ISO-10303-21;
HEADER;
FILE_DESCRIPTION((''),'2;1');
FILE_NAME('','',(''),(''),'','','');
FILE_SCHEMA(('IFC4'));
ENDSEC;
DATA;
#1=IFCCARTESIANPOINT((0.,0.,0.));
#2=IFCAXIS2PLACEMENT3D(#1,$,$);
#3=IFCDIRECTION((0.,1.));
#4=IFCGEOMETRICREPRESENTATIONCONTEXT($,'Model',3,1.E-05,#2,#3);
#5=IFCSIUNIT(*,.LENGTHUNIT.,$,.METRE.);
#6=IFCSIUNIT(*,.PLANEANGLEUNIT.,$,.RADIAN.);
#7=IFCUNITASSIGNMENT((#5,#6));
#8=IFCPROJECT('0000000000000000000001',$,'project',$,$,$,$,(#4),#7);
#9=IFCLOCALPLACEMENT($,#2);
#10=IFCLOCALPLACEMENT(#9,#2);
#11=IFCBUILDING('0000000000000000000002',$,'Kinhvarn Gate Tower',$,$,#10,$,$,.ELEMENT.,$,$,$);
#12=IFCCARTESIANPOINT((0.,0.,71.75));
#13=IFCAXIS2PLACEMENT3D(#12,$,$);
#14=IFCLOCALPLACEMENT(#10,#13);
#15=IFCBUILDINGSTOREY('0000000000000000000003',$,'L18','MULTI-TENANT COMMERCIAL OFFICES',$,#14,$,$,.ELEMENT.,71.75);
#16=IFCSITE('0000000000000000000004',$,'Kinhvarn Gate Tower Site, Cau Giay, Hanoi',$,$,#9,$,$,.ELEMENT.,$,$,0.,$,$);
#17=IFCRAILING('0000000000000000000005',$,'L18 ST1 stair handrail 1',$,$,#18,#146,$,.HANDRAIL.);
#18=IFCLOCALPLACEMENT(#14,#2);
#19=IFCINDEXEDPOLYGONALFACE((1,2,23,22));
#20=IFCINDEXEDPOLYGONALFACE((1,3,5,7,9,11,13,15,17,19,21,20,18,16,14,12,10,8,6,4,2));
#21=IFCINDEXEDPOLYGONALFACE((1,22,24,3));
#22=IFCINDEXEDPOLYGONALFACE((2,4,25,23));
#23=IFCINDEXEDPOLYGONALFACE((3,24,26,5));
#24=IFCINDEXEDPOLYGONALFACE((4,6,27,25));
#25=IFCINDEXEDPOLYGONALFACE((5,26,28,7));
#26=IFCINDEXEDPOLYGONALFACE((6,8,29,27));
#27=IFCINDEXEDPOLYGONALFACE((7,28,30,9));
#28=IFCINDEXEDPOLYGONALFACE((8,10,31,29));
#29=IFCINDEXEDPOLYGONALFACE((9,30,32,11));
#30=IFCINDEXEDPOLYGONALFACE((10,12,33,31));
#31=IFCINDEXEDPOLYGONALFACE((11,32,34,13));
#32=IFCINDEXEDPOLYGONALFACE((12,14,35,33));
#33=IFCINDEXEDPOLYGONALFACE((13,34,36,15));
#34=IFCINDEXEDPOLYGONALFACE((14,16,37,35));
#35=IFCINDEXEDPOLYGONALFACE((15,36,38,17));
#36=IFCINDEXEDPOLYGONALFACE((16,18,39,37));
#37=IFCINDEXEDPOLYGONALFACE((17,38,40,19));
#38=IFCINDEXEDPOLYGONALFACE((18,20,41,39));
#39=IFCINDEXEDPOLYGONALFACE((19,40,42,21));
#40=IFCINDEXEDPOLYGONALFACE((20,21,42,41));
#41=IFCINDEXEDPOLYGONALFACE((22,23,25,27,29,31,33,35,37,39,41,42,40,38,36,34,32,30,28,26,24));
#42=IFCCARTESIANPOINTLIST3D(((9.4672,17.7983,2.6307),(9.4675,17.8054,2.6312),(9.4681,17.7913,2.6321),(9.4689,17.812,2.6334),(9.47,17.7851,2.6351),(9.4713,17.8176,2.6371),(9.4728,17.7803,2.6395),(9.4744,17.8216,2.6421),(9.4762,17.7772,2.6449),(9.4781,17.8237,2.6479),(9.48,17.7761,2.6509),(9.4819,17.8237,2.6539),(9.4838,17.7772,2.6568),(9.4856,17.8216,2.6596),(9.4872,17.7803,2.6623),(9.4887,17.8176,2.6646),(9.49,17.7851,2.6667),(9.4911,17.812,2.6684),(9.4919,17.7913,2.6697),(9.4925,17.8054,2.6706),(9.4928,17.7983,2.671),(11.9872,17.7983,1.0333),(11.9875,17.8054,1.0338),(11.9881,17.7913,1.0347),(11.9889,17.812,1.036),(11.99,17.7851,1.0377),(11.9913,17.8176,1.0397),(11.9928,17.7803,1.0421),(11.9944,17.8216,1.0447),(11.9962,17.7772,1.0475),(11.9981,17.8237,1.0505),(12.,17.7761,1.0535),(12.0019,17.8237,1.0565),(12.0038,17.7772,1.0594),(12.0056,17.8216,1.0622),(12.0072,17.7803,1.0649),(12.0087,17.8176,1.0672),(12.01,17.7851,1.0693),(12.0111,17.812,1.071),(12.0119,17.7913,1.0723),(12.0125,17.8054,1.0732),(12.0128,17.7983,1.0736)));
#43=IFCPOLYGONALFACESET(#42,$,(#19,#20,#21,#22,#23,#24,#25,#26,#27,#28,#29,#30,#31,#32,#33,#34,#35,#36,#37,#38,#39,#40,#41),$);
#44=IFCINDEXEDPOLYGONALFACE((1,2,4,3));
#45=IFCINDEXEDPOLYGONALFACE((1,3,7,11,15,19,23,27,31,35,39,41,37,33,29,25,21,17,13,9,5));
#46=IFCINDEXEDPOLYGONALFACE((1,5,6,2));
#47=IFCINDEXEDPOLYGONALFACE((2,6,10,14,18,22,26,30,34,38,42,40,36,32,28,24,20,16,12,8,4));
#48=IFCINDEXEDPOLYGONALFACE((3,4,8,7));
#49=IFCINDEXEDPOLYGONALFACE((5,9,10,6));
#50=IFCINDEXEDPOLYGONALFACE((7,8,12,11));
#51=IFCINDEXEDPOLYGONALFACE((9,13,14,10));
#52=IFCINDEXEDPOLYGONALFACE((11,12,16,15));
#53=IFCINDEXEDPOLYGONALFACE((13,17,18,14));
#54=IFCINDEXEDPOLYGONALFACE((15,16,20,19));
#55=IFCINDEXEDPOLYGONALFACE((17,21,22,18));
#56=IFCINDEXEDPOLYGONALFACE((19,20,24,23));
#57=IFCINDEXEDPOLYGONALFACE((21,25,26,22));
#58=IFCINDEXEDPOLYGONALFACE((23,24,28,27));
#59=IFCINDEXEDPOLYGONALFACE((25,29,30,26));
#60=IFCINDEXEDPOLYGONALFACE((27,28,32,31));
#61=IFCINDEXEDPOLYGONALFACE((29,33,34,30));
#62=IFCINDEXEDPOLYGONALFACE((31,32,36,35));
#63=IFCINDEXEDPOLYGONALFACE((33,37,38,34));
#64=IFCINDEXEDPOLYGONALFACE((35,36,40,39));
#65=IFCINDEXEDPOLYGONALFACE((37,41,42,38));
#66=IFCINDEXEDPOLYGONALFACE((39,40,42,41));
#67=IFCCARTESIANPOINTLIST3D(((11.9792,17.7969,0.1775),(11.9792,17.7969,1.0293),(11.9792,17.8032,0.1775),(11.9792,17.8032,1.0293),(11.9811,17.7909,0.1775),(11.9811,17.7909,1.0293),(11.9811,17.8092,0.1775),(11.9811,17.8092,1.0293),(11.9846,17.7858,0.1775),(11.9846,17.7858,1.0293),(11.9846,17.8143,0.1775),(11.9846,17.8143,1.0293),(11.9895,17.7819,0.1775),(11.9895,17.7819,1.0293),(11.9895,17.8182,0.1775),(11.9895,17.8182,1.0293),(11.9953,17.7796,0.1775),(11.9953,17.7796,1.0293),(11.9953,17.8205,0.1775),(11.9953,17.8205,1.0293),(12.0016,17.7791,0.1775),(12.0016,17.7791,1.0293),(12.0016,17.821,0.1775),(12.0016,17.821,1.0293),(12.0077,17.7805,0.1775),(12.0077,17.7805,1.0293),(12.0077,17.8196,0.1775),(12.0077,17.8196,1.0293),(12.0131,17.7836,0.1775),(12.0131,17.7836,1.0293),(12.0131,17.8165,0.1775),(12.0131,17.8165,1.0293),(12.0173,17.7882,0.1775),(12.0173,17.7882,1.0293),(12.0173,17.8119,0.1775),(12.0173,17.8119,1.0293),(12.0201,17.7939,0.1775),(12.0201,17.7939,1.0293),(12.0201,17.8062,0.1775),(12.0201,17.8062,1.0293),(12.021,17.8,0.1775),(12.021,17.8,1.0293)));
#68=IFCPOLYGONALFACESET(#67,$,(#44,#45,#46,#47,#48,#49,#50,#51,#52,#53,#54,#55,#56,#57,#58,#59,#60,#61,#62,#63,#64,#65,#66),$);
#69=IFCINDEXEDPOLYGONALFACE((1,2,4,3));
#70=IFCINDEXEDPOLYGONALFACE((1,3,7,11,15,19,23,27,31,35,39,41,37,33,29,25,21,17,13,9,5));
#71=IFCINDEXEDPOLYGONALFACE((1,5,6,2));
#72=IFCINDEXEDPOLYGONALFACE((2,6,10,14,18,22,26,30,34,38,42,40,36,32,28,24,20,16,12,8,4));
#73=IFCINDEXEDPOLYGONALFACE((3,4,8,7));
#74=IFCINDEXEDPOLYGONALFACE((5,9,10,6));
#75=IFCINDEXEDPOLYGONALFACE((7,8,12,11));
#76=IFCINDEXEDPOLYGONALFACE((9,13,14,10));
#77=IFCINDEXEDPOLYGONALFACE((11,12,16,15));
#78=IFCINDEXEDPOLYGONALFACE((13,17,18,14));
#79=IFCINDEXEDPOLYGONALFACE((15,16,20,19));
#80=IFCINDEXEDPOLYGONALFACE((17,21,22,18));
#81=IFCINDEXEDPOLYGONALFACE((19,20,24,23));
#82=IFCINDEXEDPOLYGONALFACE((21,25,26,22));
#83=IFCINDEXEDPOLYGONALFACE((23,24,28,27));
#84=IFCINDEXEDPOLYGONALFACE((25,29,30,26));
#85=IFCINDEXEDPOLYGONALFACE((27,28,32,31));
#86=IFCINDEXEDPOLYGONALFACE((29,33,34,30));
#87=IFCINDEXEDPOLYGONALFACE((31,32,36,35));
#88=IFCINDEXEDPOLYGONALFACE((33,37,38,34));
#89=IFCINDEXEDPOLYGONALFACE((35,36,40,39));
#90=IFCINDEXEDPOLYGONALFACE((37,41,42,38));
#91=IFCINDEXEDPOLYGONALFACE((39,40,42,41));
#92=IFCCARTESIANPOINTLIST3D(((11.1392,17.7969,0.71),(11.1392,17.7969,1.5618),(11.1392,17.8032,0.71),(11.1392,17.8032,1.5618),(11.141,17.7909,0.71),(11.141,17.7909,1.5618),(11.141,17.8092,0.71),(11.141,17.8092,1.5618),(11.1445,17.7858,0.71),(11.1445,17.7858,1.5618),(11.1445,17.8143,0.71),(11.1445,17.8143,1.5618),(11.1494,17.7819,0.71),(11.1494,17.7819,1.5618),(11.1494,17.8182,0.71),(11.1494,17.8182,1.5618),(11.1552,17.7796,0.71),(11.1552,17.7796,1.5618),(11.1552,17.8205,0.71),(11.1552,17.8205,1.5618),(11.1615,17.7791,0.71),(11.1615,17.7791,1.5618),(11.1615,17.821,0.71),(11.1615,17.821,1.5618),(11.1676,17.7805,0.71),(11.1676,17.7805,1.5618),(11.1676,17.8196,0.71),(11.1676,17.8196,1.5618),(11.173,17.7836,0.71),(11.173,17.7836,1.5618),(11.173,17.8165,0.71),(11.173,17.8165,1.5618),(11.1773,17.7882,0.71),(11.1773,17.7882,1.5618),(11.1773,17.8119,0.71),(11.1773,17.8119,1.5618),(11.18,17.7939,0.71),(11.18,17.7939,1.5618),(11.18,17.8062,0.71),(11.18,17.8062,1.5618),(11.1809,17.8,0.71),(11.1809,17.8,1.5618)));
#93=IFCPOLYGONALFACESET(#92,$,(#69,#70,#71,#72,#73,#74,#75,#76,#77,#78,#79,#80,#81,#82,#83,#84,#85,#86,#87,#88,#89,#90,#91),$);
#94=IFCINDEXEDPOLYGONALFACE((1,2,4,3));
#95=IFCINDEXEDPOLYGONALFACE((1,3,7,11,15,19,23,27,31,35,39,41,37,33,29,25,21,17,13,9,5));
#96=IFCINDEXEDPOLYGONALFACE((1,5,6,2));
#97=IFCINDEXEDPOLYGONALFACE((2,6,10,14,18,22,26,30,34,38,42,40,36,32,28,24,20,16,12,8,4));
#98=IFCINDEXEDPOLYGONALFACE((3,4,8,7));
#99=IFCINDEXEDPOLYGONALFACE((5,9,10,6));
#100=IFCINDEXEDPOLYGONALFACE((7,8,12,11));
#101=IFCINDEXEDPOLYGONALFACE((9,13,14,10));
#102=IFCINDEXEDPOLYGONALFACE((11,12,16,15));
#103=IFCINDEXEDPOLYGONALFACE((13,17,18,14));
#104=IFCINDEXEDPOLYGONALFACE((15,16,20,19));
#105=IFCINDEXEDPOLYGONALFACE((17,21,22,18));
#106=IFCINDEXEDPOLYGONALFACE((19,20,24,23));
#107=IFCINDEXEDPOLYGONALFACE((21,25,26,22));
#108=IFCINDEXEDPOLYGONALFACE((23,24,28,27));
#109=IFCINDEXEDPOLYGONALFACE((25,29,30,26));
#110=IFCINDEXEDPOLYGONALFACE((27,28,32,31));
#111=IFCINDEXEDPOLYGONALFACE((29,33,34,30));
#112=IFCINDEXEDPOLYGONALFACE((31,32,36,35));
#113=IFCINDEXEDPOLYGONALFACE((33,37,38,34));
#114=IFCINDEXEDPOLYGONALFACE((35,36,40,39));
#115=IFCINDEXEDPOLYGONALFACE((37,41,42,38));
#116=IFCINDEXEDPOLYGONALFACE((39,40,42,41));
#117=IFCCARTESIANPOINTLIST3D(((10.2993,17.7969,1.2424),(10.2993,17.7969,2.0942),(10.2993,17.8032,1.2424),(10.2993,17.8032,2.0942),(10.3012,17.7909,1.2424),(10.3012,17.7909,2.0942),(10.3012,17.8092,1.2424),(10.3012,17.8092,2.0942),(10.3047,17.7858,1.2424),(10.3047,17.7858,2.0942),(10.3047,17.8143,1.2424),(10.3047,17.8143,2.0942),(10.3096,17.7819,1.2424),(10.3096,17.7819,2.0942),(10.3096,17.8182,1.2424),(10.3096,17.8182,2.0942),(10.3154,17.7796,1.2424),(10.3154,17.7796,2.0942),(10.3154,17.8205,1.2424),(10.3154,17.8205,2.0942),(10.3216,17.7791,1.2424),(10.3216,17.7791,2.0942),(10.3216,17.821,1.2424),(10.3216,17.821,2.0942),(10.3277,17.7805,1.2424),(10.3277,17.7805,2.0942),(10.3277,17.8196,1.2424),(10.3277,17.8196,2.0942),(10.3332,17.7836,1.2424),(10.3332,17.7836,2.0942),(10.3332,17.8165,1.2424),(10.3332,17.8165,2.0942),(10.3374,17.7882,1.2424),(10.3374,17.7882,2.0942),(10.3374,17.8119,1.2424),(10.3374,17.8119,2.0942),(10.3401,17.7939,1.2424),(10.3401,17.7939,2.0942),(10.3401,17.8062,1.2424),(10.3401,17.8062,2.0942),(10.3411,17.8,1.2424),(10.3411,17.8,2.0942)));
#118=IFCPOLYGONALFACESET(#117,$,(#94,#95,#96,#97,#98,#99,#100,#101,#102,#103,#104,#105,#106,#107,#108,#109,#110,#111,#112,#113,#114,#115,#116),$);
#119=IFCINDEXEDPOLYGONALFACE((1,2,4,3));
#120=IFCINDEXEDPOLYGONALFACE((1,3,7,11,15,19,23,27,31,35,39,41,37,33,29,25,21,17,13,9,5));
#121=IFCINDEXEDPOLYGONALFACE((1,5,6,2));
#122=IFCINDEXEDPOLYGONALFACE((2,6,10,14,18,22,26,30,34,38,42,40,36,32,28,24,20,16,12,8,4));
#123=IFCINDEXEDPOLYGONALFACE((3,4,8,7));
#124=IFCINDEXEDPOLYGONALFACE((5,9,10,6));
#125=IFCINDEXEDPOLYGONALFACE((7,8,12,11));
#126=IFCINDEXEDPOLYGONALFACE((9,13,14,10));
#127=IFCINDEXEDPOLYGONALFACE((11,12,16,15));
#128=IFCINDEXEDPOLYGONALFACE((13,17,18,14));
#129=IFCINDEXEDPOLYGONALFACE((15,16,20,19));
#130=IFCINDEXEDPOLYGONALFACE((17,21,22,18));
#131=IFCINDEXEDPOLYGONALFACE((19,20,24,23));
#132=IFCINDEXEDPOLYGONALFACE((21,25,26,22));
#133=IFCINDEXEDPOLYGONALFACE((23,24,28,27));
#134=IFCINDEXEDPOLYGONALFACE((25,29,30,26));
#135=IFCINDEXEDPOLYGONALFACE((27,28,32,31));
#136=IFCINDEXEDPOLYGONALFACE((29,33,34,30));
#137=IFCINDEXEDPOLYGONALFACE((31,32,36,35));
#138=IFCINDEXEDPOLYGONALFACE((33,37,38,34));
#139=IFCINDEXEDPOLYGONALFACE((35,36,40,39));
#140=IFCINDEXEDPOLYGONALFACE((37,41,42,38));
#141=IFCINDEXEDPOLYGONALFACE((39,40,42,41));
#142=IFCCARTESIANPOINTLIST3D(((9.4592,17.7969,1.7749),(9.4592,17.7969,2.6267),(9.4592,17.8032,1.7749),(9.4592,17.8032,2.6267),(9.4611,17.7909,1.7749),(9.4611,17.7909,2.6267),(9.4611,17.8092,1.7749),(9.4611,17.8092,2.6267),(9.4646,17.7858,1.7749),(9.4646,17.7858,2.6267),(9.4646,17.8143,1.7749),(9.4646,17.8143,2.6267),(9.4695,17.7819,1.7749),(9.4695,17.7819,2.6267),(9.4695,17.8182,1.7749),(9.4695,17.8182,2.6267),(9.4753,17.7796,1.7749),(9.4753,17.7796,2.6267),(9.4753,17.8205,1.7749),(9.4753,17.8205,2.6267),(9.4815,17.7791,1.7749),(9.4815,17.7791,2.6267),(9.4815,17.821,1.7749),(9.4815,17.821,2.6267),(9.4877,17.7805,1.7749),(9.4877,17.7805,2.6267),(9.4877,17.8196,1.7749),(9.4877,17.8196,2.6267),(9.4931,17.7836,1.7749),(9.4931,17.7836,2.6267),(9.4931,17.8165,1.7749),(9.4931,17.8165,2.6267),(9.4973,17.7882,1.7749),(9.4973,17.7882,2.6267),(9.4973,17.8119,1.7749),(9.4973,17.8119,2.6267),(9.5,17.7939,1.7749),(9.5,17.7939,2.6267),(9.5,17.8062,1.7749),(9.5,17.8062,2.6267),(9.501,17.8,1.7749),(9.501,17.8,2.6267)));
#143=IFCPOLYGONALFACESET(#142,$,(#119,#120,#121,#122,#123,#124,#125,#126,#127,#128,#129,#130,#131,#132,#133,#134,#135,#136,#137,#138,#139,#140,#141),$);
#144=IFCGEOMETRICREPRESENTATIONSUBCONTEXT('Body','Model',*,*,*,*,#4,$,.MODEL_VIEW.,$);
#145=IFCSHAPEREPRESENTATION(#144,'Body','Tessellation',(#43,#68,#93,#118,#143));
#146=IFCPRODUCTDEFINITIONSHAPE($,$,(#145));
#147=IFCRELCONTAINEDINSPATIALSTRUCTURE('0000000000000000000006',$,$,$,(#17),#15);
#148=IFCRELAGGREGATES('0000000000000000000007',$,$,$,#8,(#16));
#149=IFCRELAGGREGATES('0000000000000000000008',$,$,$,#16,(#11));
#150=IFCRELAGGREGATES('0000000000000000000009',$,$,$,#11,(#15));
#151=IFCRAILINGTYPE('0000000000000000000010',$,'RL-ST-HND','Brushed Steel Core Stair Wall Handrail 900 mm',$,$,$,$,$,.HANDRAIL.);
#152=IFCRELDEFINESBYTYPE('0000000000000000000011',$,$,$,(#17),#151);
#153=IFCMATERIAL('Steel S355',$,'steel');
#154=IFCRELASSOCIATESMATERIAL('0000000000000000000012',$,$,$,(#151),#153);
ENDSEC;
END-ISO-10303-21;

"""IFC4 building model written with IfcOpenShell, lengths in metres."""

from ifc_helpers import new_model, si_unit, direction, frame, origin, origin_2d, place, context, subcontext, project, spatial, circle, extrude, material, type_object, element, save


model = new_model("IFC4")

# Units and contexts
model_context = context("Model", 3, precision=1e-05, world=origin(), true_north=direction((0.0, 1.0)))
body_context = subcontext(model_context, "Body", "Model", "MODEL_VIEW")
ifc_project = project(units=[si_unit("LENGTHUNIT", "METRE"), si_unit("PLANEANGLEUNIT", "RADIAN")], contexts=[model_context])

# Site, building, storey
site_placement = place(None, origin())
site = spatial("IfcSite", under=ifc_project, at=site_placement, Name="Kinhvarn Gate Tower Site, Cau Giay, Hanoi", CompositionType="ELEMENT", RefElevation=0.0)
building_placement = place(site_placement, origin())
building = spatial("IfcBuilding", under=site, at=building_placement, Name="Kinhvarn Gate Tower", CompositionType="ELEMENT")
storey_placement = place(building_placement, frame((0.0, 0.0, 71.75)))
storey = spatial("IfcBuildingStorey", under=building, at=storey_placement, Name="L18", Description="MULTI-TENANT COMMERCIAL OFFICES", CompositionType="ELEMENT", Elevation=71.75)

# Shared definitions
ifc_material_1 = material(Name="Steel S355", Category="steel")

# Railing
railing_type_1 = type_object("IfcRailingType", Name="RL-ST-HND", Description="Brushed Steel Core Stair Wall Handrail 900 mm", PredefinedType="HANDRAIL", material=ifc_material_1)
railing_1_placement = place(storey_placement, frame((12.0, 17.8, 0.1775)))
element("IfcRailing", 1, at=railing_1_placement, inside=storey, type_object=railing_type_1, Name="L18 ST1 stair handrail 1", PredefinedType="HANDRAIL", context=body_context, shape_type="SweptSolid", body=[
    extrude(circle(Radius=0.0239, at=origin_2d()), frame((0.0, 0.0, 0.876), z_axis=(-0.844607, 0.0, 0.535387), x_axis=(0.0, -1.0, 0.0)), (0.0, 0.0, 1.0), 2.9836),
    extrude(circle(Radius=0.021, at=origin_2d()), origin(), (0.0, 0.0, 1.0), 0.8518),
    extrude(circle(Radius=0.021, at=origin_2d()), frame((-0.8401, 0.0, 0.5325)), (0.0, 0.0, 1.0), 0.8518),
    extrude(circle(Radius=0.021, at=origin_2d()), frame((-1.6799, 0.0, 1.0649)), (0.0, 0.0, 1.0), 0.8518),
    extrude(circle(Radius=0.021, at=origin_2d()), frame((-2.52, 0.0, 1.5974)), (0.0, 0.0, 1.0), 0.8518),
])

save(model, "model.ifc")
